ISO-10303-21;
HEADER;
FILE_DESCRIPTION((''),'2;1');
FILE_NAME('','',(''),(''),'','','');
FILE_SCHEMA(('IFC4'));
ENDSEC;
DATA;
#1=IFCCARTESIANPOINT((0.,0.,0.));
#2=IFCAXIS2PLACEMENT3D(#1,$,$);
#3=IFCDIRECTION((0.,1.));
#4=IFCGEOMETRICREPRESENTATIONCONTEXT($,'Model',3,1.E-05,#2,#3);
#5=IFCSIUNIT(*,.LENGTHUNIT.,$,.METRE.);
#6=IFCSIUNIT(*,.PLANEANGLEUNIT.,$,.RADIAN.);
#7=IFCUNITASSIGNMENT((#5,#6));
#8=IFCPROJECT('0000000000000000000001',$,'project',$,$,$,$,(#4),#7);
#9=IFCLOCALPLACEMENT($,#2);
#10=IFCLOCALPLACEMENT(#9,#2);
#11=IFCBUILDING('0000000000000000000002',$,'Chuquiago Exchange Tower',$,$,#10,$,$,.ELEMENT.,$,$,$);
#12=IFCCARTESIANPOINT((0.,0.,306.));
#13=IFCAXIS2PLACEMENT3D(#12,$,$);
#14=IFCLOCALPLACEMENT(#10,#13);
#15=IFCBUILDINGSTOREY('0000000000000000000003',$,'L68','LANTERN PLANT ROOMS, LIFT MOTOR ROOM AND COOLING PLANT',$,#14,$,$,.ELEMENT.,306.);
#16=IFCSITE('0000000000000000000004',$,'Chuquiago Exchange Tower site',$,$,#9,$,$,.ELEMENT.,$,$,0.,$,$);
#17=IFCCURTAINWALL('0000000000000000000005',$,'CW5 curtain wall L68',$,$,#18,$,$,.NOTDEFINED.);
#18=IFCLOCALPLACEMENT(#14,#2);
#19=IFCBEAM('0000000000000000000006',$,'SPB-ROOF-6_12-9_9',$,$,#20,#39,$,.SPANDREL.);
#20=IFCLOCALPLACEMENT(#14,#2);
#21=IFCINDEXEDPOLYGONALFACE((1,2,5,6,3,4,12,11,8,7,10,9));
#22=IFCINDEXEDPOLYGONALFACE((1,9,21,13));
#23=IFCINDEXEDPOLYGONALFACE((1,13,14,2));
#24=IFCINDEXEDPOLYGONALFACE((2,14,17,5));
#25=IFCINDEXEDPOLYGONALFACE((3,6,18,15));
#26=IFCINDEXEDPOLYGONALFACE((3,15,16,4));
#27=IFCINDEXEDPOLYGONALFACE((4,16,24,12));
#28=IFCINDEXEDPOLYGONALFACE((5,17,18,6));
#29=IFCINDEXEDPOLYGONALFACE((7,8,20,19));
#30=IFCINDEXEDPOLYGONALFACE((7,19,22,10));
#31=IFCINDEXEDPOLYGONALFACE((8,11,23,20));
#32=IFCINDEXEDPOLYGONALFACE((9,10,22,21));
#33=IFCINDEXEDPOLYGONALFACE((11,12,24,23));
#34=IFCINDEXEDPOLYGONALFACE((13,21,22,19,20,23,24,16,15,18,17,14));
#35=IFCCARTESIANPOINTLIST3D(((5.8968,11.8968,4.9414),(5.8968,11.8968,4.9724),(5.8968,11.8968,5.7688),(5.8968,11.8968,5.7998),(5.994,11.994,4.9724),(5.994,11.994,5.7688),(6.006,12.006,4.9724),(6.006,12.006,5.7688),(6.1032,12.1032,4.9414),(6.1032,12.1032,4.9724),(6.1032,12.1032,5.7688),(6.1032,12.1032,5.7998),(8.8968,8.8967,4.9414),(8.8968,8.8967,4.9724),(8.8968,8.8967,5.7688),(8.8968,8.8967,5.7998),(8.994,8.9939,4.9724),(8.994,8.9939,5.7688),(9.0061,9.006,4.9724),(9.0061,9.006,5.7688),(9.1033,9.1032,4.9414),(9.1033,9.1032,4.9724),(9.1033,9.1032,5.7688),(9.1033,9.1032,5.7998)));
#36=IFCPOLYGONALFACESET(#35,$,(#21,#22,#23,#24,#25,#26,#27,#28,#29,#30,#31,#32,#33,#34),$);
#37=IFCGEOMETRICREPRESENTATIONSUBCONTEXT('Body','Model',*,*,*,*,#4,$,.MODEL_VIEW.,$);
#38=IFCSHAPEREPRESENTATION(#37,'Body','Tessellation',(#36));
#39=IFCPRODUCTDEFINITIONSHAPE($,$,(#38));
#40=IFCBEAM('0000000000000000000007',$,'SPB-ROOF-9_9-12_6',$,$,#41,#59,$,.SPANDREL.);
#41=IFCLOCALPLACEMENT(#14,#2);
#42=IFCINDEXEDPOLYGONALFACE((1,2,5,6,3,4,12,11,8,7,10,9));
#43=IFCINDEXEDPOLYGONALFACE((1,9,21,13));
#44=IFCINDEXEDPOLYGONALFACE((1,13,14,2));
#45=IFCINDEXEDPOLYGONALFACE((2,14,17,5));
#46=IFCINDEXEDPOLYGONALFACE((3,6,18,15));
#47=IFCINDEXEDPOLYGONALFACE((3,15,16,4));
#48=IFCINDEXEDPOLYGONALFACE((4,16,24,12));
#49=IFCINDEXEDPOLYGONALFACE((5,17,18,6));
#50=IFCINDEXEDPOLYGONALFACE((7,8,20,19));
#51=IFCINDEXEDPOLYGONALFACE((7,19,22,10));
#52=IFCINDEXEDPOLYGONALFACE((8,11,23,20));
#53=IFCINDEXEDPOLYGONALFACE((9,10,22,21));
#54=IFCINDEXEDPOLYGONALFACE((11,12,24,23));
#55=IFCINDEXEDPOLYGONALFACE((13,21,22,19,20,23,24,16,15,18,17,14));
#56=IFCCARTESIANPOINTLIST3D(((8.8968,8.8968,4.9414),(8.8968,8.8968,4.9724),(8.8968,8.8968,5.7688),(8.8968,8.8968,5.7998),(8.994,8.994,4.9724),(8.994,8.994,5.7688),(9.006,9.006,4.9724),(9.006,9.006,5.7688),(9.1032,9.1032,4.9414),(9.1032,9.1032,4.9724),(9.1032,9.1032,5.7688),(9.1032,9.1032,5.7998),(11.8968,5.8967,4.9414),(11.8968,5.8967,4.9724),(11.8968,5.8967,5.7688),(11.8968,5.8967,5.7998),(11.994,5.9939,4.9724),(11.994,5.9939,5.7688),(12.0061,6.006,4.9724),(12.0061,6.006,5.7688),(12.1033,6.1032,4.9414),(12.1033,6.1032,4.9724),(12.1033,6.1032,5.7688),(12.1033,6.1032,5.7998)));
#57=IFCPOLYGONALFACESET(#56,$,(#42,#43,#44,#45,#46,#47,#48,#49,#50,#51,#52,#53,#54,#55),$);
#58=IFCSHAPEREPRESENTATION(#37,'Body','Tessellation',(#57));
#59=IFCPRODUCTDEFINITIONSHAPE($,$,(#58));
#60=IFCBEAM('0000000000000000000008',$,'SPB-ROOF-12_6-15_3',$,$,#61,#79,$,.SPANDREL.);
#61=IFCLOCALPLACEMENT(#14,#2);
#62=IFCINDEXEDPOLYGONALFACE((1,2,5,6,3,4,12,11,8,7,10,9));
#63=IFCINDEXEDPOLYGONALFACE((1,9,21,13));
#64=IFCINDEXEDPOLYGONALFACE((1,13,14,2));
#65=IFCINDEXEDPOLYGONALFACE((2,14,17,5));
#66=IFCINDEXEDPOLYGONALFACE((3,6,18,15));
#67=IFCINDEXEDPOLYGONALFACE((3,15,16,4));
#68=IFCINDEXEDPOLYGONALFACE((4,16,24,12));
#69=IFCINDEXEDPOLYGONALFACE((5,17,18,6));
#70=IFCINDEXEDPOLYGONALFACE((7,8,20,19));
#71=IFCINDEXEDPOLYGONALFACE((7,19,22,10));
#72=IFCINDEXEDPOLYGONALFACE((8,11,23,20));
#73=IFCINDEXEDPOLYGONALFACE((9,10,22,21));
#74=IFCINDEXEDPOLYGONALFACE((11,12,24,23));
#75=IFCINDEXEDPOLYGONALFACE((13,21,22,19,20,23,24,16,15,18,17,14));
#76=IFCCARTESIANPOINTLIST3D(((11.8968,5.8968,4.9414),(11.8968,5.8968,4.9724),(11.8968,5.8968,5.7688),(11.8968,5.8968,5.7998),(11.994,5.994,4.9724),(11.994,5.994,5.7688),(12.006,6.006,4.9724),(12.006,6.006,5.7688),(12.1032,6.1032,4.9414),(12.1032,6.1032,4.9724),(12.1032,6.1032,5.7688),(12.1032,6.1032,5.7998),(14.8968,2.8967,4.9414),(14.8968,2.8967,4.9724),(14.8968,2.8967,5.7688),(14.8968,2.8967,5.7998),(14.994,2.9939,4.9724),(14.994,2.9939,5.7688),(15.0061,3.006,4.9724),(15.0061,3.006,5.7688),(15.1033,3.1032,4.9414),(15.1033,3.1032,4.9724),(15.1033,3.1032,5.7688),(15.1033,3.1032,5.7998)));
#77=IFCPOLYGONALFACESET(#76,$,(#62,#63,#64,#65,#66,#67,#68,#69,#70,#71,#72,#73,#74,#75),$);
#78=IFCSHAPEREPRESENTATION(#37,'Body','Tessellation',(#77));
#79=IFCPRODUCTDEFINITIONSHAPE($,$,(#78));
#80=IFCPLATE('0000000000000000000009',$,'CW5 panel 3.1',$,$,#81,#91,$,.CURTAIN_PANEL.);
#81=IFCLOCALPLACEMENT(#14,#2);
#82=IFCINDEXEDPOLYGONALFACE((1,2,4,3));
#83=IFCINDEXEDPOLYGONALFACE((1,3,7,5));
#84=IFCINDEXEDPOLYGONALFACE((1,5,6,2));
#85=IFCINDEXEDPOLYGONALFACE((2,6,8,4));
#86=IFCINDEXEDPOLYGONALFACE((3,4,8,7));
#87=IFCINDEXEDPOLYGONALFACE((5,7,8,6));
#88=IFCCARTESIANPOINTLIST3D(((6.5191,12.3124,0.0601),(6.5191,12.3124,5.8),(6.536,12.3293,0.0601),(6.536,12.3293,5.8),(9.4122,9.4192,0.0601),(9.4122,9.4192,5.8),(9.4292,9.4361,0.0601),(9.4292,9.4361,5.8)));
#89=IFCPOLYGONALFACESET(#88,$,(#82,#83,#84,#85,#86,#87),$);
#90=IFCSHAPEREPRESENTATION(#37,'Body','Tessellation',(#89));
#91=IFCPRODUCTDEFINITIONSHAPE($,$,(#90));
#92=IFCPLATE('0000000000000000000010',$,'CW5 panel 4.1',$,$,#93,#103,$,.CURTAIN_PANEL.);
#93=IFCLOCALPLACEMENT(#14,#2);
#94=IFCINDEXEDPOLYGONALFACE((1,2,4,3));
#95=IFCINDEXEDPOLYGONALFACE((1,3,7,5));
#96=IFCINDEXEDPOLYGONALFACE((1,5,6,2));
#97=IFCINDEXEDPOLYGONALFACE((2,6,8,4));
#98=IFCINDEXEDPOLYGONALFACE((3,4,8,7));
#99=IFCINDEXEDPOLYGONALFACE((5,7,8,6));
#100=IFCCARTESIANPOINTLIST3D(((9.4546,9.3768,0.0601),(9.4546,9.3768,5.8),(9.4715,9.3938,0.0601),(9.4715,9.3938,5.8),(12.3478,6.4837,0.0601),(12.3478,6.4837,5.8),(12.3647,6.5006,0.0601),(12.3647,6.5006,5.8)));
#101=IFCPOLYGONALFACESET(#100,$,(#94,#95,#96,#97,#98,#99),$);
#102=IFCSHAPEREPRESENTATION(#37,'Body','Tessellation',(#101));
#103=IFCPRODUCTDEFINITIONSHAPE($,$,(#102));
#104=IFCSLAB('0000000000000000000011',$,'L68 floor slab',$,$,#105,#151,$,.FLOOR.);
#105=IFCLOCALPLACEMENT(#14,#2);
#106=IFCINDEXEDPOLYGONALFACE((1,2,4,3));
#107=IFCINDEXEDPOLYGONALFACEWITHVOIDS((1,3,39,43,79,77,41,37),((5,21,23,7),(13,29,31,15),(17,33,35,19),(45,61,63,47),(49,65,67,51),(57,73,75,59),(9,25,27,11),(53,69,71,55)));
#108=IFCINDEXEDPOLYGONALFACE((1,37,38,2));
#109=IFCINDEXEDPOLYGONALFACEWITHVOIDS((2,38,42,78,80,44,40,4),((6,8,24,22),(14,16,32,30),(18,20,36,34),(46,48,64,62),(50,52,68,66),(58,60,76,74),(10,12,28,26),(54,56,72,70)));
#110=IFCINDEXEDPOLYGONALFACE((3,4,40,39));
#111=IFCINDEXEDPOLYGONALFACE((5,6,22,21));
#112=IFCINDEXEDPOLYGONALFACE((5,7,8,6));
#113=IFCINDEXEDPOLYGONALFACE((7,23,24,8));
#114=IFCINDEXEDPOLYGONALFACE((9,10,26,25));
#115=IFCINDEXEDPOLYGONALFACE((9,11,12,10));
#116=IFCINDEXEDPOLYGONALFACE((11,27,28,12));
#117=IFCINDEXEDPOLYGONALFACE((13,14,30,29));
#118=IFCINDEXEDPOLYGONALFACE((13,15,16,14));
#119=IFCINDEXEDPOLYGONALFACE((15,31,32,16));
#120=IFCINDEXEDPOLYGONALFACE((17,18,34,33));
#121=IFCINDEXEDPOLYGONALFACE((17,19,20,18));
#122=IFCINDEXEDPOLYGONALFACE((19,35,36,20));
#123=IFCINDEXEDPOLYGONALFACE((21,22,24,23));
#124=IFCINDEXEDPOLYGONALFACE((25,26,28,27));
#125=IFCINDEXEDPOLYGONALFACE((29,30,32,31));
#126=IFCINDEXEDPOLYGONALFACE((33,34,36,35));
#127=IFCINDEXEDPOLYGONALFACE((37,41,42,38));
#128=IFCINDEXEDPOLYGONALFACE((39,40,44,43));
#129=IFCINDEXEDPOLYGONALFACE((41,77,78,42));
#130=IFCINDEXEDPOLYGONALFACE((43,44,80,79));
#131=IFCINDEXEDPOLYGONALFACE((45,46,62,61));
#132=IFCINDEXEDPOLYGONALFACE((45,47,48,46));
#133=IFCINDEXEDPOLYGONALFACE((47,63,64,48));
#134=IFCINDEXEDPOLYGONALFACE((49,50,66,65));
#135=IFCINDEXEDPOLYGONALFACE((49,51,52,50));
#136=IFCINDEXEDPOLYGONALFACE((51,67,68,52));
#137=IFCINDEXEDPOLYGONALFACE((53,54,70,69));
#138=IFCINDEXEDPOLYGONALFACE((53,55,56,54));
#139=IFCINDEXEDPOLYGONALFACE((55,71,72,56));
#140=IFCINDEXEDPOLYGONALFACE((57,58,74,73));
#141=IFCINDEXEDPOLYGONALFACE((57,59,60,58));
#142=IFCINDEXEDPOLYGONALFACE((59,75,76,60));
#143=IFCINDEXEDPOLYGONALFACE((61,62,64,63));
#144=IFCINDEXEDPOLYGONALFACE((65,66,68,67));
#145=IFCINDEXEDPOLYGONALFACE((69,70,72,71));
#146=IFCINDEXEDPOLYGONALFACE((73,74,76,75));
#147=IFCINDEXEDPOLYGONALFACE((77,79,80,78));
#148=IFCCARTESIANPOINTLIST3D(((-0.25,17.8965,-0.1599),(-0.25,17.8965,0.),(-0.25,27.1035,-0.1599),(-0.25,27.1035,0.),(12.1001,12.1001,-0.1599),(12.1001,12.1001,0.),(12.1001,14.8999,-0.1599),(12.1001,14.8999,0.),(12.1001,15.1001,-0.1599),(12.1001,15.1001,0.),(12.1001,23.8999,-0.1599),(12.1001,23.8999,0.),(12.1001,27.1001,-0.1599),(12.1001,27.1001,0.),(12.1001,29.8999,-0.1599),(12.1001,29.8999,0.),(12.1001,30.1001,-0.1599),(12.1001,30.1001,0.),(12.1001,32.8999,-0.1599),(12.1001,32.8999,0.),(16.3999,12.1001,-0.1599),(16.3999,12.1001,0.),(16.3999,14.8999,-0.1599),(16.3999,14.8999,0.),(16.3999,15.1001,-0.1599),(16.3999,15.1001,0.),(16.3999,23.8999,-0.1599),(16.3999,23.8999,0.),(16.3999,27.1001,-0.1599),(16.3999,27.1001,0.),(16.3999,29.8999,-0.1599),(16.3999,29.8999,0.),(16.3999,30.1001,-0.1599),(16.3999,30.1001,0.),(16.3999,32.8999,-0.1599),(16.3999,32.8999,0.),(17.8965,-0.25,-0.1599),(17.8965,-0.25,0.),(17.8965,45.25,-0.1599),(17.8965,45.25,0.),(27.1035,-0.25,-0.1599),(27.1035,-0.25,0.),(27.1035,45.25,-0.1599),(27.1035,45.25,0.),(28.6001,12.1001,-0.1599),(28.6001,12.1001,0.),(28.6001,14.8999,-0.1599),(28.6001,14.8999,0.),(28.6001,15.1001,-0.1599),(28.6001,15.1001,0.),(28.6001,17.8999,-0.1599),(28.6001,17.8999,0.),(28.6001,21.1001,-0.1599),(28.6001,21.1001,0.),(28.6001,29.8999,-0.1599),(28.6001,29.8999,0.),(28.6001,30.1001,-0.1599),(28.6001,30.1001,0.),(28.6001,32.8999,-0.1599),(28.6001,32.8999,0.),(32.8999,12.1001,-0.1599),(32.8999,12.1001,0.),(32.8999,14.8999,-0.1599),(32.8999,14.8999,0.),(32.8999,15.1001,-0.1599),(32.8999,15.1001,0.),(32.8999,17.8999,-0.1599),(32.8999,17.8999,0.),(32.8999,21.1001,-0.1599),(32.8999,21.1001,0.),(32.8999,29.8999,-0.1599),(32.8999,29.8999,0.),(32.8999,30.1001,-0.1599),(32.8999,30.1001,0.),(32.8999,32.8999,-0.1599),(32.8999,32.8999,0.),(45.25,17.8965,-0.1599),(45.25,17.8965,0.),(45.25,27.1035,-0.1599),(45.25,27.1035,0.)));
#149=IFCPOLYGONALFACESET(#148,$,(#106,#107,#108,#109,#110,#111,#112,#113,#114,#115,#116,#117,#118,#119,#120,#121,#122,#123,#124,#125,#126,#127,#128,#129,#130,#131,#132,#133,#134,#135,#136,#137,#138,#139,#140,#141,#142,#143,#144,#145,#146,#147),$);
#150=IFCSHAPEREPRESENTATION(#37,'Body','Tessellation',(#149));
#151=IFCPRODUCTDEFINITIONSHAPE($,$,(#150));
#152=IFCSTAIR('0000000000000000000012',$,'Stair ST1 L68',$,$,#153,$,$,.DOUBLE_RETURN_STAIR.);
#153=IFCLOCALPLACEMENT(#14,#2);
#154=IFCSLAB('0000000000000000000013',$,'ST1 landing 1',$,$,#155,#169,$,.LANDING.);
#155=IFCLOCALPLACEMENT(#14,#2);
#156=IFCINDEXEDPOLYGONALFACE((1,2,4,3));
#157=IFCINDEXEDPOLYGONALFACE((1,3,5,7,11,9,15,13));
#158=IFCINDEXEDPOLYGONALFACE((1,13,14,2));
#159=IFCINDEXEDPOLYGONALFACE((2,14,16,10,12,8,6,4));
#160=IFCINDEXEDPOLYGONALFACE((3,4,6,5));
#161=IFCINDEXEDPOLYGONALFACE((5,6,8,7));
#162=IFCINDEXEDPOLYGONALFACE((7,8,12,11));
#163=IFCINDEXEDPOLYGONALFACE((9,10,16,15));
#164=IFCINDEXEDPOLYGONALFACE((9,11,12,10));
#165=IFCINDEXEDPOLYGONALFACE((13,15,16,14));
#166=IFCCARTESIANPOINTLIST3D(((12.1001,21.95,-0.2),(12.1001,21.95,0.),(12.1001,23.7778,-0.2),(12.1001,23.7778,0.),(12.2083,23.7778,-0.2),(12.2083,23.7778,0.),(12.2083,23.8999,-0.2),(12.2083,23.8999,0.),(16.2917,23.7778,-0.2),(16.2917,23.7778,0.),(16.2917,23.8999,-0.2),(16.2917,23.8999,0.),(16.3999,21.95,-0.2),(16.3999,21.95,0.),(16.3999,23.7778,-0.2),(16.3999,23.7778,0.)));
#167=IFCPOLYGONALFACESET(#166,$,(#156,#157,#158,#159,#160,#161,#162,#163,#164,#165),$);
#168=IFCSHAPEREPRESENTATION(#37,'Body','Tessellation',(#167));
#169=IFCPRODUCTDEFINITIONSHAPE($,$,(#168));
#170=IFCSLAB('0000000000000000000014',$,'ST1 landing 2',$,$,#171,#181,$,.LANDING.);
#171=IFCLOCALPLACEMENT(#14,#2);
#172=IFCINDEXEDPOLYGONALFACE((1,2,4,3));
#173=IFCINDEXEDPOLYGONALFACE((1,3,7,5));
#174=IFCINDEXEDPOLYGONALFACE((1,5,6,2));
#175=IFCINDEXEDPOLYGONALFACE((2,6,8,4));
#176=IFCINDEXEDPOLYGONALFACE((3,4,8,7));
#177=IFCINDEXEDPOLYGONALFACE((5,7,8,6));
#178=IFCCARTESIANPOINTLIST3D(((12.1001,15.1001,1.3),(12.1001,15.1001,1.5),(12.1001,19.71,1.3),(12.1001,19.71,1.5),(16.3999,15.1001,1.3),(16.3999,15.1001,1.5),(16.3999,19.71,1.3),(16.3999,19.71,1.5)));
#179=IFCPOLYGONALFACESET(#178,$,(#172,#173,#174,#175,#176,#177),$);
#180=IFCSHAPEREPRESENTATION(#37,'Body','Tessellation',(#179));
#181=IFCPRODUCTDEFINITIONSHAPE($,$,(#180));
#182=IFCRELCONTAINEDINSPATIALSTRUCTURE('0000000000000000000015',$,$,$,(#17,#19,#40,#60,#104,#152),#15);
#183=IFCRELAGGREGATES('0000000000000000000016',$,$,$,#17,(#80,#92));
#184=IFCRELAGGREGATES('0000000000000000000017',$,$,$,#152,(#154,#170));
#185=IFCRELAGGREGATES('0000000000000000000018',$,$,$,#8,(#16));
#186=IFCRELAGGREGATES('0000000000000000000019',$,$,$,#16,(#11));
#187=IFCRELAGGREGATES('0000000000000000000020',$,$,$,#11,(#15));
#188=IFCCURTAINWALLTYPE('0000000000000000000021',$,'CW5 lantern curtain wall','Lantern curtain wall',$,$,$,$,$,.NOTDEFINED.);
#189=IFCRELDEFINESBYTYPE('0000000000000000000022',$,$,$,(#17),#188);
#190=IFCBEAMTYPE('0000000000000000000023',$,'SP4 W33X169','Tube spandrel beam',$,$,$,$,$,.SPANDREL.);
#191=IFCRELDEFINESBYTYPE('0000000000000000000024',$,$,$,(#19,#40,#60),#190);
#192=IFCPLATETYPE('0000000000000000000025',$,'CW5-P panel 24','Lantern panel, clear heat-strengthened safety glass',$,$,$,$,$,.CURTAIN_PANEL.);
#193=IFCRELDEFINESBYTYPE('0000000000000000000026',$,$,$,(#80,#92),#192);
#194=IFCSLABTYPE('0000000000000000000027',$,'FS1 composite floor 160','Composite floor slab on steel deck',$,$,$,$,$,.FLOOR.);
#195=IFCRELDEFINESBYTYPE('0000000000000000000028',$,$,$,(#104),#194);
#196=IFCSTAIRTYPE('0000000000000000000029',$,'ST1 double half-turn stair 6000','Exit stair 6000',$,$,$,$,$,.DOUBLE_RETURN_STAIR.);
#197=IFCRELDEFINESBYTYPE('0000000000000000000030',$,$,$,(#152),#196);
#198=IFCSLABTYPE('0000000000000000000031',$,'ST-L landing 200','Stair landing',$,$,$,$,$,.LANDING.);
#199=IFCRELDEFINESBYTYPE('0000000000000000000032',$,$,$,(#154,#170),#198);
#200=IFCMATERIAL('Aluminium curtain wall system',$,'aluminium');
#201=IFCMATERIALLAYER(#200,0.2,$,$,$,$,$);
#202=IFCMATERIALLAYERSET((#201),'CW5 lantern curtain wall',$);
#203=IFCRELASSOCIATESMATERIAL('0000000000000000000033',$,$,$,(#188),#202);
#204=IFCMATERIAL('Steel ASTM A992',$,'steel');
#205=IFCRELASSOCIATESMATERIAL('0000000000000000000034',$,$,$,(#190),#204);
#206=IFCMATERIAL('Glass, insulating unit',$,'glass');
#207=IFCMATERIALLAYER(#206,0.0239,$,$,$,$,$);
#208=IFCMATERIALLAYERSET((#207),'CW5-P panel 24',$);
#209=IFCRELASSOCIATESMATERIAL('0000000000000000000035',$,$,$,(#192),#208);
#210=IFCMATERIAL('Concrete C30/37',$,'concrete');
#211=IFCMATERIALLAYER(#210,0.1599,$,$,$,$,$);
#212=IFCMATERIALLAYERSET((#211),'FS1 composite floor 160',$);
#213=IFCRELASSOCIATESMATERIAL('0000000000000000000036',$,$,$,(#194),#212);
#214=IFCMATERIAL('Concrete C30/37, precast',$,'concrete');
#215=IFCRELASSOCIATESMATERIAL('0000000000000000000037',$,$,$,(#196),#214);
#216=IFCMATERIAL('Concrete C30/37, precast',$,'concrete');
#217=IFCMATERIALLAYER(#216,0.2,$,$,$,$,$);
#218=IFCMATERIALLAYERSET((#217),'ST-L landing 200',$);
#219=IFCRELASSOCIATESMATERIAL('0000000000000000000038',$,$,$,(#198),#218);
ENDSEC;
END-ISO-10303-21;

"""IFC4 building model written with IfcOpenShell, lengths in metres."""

from ifc_helpers import new_model, si_unit, direction, frame, origin, origin_2d, place, context, subcontext, project, spatial, polyline, rectangle, i_section, outline, extrude, material, layer, layer_set, material_profile, profile_set, type_object, element, aggregate, save


model = new_model("IFC4")

# Units and contexts
model_context = context("Model", 3, precision=1e-05, world=origin(), true_north=direction((0.0, 1.0)))
body_context = subcontext(model_context, "Body", "Model", "MODEL_VIEW")
ifc_project = project(units=[si_unit("LENGTHUNIT", "METRE"), si_unit("PLANEANGLEUNIT", "RADIAN")], contexts=[model_context])

# Site, building, storey
site_placement = place(None, origin())
site = spatial("IfcSite", under=ifc_project, at=site_placement, Name="Chuquiago Exchange Tower site", CompositionType="ELEMENT", RefElevation=0.0)
building_placement = place(site_placement, origin())
building = spatial("IfcBuilding", under=site, at=building_placement, Name="Chuquiago Exchange Tower", CompositionType="ELEMENT")
storey_placement = place(building_placement, frame((0.0, 0.0, 306.0)))
storey = spatial("IfcBuildingStorey", under=building, at=storey_placement, Name="L68", Description="LANTERN PLANT ROOMS, LIFT MOTOR ROOM AND COOLING PLANT", CompositionType="ELEMENT", Elevation=306.0)

# Curtain wall
ifc_material_1 = material(Name="Aluminium curtain wall system", Category="aluminium")
ifc_layer_1 = layer(ifc_material_1, 0.2)
ifc_layer_set_1 = layer_set([ifc_layer_1], Name="CW5 lantern curtain wall")
curtain_wall_type = type_object("IfcCurtainWallType", Name="CW5 lantern curtain wall", Description="Lantern curtain wall", PredefinedType="NOTDEFINED", material=ifc_layer_set_1)
curtain_wall_placement = place(storey_placement, origin())
curtain_wall = element("IfcCurtainWall", 1, at=curtain_wall_placement, inside=storey, type_object=curtain_wall_type, Name="CW5 curtain wall L68", PredefinedType="NOTDEFINED")

# Beams
ifc_material_2 = material(Name="Steel ASTM A992", Category="steel")
ifc_material_profile_1 = material_profile(ifc_material_2, i_section(OverallWidth=0.292, OverallDepth=0.8584, WebThickness=0.0171, FlangeThickness=0.031, at=origin_2d()), Name="W33X169")
ifc_profile_set_1 = profile_set([ifc_material_profile_1], Name="Steel ASTM A992")
beam_type_1 = type_object("IfcBeamType", Name="SP4 W33X169", Description="Tube spandrel beam", PredefinedType="SPANDREL", material=ifc_profile_set_1)
for number, where, z_axis, x_axis, name in (
    (2, (6.0, 12.0, 5.3706), (0.707107, -0.707107, 0.0), (0.707107, 0.707107, 0.0), "SPB-ROOF-6_12-9_9"),
    (3, (9.0, 9.0, 5.3706), (0.707107, -0.707107, 0.0), (0.707107, 0.707107, 0.0), "SPB-ROOF-9_9-12_6"),
    (4, (12.0, 6.0, 5.3706), (0.707107, -0.707107, 0.0), (0.707107, 0.707107, 0.0), "SPB-ROOF-12_6-15_3"),
):
    element("IfcBeam", number, at=place(storey_placement, frame(where, z_axis=z_axis, x_axis=x_axis)), inside=storey, type_object=beam_type_1, Name=name, PredefinedType="SPANDREL", context=body_context, shape_type="SweptSolid", body=[
        extrude(i_section(OverallWidth=0.292, OverallDepth=0.8584, WebThickness=0.0171, FlangeThickness=0.031, at=origin_2d()), origin(), (0.0, 0.0, 1.0), 4.2427),
    ])

# Plates
ifc_material_3 = material(Name="Glass, insulating unit", Category="glass")
ifc_layer_2 = layer(ifc_material_3, 0.0239)
ifc_layer_set_2 = layer_set([ifc_layer_2], Name="CW5-P panel 24")
plate_type = type_object("IfcPlateType", Name="CW5-P panel 24", Description="Lantern panel, clear heat-strengthened safety glass", PredefinedType="CURTAIN_PANEL", material=ifc_layer_set_2)
plate_1_placement = place(storey_placement, frame((7.9741, 10.8743, 0.0601), z_axis=(0.0, 0.0, 1.0), x_axis=(0.707105, -0.707109, 0.0)))
plate_1 = element("IfcPlate", 5, at=plate_1_placement, type_object=plate_type, Name="CW5 panel 3.1", PredefinedType="CURTAIN_PANEL", context=body_context, shape_type="SweptSolid", body=[
    extrude(rectangle(XDim=4.0916, YDim=0.0239, at=origin_2d()), origin(), (0.0, 0.0, 1.0), 5.74),
])
plate_2_placement = place(storey_placement, frame((10.9097, 7.9387, 0.0601), z_axis=(0.0, 0.0, 1.0), x_axis=(0.707105, -0.707109, 0.0)))
plate_2 = element("IfcPlate", 6, at=plate_2_placement, type_object=plate_type, Name="CW5 panel 4.1", PredefinedType="CURTAIN_PANEL", context=body_context, shape_type="SweptSolid", body=[
    extrude(rectangle(XDim=4.0916, YDim=0.0239, at=origin_2d()), origin(), (0.0, 0.0, 1.0), 5.74),
])
aggregate(curtain_wall, [plate_1, plate_2])

# Slab
ifc_material_4 = material(Name="Concrete C30/37", Category="concrete")
ifc_layer_3 = layer(ifc_material_4, 0.1599)
ifc_layer_set_3 = layer_set([ifc_layer_3], Name="FS1 composite floor 160")
slab_type_1 = type_object("IfcSlabType", Name="FS1 composite floor 160", Description="Composite floor slab on steel deck", PredefinedType="FLOOR", material=ifc_layer_set_3)
slab_1_placement = place(storey_placement, frame((0.0, 0.0, -0.1599)))
element("IfcSlab", 7, at=slab_1_placement, inside=storey, type_object=slab_type_1, Name="L68 floor slab", PredefinedType="FLOOR", context=body_context, shape_type="SweptSolid", body=[
    extrude(outline(polyline([(17.8965, -0.25), (-0.25, 17.8965), (-0.25, 27.1035), (17.8965, 45.25), (27.1035, 45.25), (45.25, 27.1035), (45.25, 17.8965), (27.1035, -0.25), (17.8965, -0.25)]), holes=[polyline([(16.3999, 15.1001), (12.1001, 15.1001), (12.1001, 23.8999), (16.3999, 23.8999), (16.3999, 15.1001)]), polyline([(32.8999, 21.1001), (28.6001, 21.1001), (28.6001, 29.8999), (32.8999, 29.8999), (32.8999, 21.1001)]), polyline([(16.3999, 12.1001), (12.1001, 12.1001), (12.1001, 14.8999), (16.3999, 14.8999), (16.3999, 12.1001)]), polyline([(16.3999, 30.1001), (12.1001, 30.1001), (12.1001, 32.8999), (16.3999, 32.8999), (16.3999, 30.1001)]), polyline([(32.8999, 12.1001), (28.6001, 12.1001), (28.6001, 14.8999), (32.8999, 14.8999), (32.8999, 12.1001)]), polyline([(32.8999, 30.1001), (28.6001, 30.1001), (28.6001, 32.8999), (32.8999, 32.8999), (32.8999, 30.1001)]), polyline([(16.3999, 27.1001), (12.1001, 27.1001), (12.1001, 29.8999), (16.3999, 29.8999), (16.3999, 27.1001)]), polyline([(32.8999, 15.1001), (28.6001, 15.1001), (28.6001, 17.8999), (32.8999, 17.8999), (32.8999, 15.1001)])]), origin(), (0.0, 0.0, 1.0), 0.1599),
])

# Stair, slabs
ifc_material_5 = material(Name="Concrete C30/37, precast", Category="concrete")
stair_type = type_object("IfcStairType", Name="ST1 double half-turn stair 6000", Description="Exit stair 6000", PredefinedType="DOUBLE_RETURN_STAIR", material=ifc_material_5)
stair_placement = place(storey_placement, origin())
stair = element("IfcStair", 8, at=stair_placement, inside=storey, type_object=stair_type, Name="Stair ST1 L68", PredefinedType="DOUBLE_RETURN_STAIR")
ifc_material_6 = material(Name="Concrete C30/37, precast", Category="concrete")
ifc_layer_4 = layer(ifc_material_6, 0.2)
ifc_layer_set_4 = layer_set([ifc_layer_4], Name="ST-L landing 200")
slab_type_2 = type_object("IfcSlabType", Name="ST-L landing 200", Description="Stair landing", PredefinedType="LANDING", material=ifc_layer_set_4)
slab_2_placement = place(storey_placement, frame((0.0, 0.0, -0.2)))
slab_2 = element("IfcSlab", 9, at=slab_2_placement, type_object=slab_type_2, Name="ST1 landing 1", PredefinedType="LANDING", context=body_context, shape_type="SweptSolid", body=[
    extrude(outline(polyline([(12.2083, 23.8999), (16.2917, 23.8999), (16.2917, 23.7778), (16.3999, 23.7778), (16.3999, 21.95), (12.1001, 21.95), (12.1001, 23.7778), (12.2083, 23.7778), (12.2083, 23.8999)])), origin(), (0.0, 0.0, 1.0), 0.2),
])
slab_3_placement = place(storey_placement, frame((0.0, 0.0, 1.3)))
slab_3 = element("IfcSlab", 10, at=slab_3_placement, type_object=slab_type_2, Name="ST1 landing 2", PredefinedType="LANDING", context=body_context, shape_type="SweptSolid", body=[
    extrude(outline(polyline([(12.1001, 19.71), (16.3999, 19.71), (16.3999, 15.1001), (12.1001, 15.1001), (12.1001, 19.71)])), origin(), (0.0, 0.0, 1.0), 0.2),
])
aggregate(stair, [slab_2, slab_3])

save(model, "model.ifc")
